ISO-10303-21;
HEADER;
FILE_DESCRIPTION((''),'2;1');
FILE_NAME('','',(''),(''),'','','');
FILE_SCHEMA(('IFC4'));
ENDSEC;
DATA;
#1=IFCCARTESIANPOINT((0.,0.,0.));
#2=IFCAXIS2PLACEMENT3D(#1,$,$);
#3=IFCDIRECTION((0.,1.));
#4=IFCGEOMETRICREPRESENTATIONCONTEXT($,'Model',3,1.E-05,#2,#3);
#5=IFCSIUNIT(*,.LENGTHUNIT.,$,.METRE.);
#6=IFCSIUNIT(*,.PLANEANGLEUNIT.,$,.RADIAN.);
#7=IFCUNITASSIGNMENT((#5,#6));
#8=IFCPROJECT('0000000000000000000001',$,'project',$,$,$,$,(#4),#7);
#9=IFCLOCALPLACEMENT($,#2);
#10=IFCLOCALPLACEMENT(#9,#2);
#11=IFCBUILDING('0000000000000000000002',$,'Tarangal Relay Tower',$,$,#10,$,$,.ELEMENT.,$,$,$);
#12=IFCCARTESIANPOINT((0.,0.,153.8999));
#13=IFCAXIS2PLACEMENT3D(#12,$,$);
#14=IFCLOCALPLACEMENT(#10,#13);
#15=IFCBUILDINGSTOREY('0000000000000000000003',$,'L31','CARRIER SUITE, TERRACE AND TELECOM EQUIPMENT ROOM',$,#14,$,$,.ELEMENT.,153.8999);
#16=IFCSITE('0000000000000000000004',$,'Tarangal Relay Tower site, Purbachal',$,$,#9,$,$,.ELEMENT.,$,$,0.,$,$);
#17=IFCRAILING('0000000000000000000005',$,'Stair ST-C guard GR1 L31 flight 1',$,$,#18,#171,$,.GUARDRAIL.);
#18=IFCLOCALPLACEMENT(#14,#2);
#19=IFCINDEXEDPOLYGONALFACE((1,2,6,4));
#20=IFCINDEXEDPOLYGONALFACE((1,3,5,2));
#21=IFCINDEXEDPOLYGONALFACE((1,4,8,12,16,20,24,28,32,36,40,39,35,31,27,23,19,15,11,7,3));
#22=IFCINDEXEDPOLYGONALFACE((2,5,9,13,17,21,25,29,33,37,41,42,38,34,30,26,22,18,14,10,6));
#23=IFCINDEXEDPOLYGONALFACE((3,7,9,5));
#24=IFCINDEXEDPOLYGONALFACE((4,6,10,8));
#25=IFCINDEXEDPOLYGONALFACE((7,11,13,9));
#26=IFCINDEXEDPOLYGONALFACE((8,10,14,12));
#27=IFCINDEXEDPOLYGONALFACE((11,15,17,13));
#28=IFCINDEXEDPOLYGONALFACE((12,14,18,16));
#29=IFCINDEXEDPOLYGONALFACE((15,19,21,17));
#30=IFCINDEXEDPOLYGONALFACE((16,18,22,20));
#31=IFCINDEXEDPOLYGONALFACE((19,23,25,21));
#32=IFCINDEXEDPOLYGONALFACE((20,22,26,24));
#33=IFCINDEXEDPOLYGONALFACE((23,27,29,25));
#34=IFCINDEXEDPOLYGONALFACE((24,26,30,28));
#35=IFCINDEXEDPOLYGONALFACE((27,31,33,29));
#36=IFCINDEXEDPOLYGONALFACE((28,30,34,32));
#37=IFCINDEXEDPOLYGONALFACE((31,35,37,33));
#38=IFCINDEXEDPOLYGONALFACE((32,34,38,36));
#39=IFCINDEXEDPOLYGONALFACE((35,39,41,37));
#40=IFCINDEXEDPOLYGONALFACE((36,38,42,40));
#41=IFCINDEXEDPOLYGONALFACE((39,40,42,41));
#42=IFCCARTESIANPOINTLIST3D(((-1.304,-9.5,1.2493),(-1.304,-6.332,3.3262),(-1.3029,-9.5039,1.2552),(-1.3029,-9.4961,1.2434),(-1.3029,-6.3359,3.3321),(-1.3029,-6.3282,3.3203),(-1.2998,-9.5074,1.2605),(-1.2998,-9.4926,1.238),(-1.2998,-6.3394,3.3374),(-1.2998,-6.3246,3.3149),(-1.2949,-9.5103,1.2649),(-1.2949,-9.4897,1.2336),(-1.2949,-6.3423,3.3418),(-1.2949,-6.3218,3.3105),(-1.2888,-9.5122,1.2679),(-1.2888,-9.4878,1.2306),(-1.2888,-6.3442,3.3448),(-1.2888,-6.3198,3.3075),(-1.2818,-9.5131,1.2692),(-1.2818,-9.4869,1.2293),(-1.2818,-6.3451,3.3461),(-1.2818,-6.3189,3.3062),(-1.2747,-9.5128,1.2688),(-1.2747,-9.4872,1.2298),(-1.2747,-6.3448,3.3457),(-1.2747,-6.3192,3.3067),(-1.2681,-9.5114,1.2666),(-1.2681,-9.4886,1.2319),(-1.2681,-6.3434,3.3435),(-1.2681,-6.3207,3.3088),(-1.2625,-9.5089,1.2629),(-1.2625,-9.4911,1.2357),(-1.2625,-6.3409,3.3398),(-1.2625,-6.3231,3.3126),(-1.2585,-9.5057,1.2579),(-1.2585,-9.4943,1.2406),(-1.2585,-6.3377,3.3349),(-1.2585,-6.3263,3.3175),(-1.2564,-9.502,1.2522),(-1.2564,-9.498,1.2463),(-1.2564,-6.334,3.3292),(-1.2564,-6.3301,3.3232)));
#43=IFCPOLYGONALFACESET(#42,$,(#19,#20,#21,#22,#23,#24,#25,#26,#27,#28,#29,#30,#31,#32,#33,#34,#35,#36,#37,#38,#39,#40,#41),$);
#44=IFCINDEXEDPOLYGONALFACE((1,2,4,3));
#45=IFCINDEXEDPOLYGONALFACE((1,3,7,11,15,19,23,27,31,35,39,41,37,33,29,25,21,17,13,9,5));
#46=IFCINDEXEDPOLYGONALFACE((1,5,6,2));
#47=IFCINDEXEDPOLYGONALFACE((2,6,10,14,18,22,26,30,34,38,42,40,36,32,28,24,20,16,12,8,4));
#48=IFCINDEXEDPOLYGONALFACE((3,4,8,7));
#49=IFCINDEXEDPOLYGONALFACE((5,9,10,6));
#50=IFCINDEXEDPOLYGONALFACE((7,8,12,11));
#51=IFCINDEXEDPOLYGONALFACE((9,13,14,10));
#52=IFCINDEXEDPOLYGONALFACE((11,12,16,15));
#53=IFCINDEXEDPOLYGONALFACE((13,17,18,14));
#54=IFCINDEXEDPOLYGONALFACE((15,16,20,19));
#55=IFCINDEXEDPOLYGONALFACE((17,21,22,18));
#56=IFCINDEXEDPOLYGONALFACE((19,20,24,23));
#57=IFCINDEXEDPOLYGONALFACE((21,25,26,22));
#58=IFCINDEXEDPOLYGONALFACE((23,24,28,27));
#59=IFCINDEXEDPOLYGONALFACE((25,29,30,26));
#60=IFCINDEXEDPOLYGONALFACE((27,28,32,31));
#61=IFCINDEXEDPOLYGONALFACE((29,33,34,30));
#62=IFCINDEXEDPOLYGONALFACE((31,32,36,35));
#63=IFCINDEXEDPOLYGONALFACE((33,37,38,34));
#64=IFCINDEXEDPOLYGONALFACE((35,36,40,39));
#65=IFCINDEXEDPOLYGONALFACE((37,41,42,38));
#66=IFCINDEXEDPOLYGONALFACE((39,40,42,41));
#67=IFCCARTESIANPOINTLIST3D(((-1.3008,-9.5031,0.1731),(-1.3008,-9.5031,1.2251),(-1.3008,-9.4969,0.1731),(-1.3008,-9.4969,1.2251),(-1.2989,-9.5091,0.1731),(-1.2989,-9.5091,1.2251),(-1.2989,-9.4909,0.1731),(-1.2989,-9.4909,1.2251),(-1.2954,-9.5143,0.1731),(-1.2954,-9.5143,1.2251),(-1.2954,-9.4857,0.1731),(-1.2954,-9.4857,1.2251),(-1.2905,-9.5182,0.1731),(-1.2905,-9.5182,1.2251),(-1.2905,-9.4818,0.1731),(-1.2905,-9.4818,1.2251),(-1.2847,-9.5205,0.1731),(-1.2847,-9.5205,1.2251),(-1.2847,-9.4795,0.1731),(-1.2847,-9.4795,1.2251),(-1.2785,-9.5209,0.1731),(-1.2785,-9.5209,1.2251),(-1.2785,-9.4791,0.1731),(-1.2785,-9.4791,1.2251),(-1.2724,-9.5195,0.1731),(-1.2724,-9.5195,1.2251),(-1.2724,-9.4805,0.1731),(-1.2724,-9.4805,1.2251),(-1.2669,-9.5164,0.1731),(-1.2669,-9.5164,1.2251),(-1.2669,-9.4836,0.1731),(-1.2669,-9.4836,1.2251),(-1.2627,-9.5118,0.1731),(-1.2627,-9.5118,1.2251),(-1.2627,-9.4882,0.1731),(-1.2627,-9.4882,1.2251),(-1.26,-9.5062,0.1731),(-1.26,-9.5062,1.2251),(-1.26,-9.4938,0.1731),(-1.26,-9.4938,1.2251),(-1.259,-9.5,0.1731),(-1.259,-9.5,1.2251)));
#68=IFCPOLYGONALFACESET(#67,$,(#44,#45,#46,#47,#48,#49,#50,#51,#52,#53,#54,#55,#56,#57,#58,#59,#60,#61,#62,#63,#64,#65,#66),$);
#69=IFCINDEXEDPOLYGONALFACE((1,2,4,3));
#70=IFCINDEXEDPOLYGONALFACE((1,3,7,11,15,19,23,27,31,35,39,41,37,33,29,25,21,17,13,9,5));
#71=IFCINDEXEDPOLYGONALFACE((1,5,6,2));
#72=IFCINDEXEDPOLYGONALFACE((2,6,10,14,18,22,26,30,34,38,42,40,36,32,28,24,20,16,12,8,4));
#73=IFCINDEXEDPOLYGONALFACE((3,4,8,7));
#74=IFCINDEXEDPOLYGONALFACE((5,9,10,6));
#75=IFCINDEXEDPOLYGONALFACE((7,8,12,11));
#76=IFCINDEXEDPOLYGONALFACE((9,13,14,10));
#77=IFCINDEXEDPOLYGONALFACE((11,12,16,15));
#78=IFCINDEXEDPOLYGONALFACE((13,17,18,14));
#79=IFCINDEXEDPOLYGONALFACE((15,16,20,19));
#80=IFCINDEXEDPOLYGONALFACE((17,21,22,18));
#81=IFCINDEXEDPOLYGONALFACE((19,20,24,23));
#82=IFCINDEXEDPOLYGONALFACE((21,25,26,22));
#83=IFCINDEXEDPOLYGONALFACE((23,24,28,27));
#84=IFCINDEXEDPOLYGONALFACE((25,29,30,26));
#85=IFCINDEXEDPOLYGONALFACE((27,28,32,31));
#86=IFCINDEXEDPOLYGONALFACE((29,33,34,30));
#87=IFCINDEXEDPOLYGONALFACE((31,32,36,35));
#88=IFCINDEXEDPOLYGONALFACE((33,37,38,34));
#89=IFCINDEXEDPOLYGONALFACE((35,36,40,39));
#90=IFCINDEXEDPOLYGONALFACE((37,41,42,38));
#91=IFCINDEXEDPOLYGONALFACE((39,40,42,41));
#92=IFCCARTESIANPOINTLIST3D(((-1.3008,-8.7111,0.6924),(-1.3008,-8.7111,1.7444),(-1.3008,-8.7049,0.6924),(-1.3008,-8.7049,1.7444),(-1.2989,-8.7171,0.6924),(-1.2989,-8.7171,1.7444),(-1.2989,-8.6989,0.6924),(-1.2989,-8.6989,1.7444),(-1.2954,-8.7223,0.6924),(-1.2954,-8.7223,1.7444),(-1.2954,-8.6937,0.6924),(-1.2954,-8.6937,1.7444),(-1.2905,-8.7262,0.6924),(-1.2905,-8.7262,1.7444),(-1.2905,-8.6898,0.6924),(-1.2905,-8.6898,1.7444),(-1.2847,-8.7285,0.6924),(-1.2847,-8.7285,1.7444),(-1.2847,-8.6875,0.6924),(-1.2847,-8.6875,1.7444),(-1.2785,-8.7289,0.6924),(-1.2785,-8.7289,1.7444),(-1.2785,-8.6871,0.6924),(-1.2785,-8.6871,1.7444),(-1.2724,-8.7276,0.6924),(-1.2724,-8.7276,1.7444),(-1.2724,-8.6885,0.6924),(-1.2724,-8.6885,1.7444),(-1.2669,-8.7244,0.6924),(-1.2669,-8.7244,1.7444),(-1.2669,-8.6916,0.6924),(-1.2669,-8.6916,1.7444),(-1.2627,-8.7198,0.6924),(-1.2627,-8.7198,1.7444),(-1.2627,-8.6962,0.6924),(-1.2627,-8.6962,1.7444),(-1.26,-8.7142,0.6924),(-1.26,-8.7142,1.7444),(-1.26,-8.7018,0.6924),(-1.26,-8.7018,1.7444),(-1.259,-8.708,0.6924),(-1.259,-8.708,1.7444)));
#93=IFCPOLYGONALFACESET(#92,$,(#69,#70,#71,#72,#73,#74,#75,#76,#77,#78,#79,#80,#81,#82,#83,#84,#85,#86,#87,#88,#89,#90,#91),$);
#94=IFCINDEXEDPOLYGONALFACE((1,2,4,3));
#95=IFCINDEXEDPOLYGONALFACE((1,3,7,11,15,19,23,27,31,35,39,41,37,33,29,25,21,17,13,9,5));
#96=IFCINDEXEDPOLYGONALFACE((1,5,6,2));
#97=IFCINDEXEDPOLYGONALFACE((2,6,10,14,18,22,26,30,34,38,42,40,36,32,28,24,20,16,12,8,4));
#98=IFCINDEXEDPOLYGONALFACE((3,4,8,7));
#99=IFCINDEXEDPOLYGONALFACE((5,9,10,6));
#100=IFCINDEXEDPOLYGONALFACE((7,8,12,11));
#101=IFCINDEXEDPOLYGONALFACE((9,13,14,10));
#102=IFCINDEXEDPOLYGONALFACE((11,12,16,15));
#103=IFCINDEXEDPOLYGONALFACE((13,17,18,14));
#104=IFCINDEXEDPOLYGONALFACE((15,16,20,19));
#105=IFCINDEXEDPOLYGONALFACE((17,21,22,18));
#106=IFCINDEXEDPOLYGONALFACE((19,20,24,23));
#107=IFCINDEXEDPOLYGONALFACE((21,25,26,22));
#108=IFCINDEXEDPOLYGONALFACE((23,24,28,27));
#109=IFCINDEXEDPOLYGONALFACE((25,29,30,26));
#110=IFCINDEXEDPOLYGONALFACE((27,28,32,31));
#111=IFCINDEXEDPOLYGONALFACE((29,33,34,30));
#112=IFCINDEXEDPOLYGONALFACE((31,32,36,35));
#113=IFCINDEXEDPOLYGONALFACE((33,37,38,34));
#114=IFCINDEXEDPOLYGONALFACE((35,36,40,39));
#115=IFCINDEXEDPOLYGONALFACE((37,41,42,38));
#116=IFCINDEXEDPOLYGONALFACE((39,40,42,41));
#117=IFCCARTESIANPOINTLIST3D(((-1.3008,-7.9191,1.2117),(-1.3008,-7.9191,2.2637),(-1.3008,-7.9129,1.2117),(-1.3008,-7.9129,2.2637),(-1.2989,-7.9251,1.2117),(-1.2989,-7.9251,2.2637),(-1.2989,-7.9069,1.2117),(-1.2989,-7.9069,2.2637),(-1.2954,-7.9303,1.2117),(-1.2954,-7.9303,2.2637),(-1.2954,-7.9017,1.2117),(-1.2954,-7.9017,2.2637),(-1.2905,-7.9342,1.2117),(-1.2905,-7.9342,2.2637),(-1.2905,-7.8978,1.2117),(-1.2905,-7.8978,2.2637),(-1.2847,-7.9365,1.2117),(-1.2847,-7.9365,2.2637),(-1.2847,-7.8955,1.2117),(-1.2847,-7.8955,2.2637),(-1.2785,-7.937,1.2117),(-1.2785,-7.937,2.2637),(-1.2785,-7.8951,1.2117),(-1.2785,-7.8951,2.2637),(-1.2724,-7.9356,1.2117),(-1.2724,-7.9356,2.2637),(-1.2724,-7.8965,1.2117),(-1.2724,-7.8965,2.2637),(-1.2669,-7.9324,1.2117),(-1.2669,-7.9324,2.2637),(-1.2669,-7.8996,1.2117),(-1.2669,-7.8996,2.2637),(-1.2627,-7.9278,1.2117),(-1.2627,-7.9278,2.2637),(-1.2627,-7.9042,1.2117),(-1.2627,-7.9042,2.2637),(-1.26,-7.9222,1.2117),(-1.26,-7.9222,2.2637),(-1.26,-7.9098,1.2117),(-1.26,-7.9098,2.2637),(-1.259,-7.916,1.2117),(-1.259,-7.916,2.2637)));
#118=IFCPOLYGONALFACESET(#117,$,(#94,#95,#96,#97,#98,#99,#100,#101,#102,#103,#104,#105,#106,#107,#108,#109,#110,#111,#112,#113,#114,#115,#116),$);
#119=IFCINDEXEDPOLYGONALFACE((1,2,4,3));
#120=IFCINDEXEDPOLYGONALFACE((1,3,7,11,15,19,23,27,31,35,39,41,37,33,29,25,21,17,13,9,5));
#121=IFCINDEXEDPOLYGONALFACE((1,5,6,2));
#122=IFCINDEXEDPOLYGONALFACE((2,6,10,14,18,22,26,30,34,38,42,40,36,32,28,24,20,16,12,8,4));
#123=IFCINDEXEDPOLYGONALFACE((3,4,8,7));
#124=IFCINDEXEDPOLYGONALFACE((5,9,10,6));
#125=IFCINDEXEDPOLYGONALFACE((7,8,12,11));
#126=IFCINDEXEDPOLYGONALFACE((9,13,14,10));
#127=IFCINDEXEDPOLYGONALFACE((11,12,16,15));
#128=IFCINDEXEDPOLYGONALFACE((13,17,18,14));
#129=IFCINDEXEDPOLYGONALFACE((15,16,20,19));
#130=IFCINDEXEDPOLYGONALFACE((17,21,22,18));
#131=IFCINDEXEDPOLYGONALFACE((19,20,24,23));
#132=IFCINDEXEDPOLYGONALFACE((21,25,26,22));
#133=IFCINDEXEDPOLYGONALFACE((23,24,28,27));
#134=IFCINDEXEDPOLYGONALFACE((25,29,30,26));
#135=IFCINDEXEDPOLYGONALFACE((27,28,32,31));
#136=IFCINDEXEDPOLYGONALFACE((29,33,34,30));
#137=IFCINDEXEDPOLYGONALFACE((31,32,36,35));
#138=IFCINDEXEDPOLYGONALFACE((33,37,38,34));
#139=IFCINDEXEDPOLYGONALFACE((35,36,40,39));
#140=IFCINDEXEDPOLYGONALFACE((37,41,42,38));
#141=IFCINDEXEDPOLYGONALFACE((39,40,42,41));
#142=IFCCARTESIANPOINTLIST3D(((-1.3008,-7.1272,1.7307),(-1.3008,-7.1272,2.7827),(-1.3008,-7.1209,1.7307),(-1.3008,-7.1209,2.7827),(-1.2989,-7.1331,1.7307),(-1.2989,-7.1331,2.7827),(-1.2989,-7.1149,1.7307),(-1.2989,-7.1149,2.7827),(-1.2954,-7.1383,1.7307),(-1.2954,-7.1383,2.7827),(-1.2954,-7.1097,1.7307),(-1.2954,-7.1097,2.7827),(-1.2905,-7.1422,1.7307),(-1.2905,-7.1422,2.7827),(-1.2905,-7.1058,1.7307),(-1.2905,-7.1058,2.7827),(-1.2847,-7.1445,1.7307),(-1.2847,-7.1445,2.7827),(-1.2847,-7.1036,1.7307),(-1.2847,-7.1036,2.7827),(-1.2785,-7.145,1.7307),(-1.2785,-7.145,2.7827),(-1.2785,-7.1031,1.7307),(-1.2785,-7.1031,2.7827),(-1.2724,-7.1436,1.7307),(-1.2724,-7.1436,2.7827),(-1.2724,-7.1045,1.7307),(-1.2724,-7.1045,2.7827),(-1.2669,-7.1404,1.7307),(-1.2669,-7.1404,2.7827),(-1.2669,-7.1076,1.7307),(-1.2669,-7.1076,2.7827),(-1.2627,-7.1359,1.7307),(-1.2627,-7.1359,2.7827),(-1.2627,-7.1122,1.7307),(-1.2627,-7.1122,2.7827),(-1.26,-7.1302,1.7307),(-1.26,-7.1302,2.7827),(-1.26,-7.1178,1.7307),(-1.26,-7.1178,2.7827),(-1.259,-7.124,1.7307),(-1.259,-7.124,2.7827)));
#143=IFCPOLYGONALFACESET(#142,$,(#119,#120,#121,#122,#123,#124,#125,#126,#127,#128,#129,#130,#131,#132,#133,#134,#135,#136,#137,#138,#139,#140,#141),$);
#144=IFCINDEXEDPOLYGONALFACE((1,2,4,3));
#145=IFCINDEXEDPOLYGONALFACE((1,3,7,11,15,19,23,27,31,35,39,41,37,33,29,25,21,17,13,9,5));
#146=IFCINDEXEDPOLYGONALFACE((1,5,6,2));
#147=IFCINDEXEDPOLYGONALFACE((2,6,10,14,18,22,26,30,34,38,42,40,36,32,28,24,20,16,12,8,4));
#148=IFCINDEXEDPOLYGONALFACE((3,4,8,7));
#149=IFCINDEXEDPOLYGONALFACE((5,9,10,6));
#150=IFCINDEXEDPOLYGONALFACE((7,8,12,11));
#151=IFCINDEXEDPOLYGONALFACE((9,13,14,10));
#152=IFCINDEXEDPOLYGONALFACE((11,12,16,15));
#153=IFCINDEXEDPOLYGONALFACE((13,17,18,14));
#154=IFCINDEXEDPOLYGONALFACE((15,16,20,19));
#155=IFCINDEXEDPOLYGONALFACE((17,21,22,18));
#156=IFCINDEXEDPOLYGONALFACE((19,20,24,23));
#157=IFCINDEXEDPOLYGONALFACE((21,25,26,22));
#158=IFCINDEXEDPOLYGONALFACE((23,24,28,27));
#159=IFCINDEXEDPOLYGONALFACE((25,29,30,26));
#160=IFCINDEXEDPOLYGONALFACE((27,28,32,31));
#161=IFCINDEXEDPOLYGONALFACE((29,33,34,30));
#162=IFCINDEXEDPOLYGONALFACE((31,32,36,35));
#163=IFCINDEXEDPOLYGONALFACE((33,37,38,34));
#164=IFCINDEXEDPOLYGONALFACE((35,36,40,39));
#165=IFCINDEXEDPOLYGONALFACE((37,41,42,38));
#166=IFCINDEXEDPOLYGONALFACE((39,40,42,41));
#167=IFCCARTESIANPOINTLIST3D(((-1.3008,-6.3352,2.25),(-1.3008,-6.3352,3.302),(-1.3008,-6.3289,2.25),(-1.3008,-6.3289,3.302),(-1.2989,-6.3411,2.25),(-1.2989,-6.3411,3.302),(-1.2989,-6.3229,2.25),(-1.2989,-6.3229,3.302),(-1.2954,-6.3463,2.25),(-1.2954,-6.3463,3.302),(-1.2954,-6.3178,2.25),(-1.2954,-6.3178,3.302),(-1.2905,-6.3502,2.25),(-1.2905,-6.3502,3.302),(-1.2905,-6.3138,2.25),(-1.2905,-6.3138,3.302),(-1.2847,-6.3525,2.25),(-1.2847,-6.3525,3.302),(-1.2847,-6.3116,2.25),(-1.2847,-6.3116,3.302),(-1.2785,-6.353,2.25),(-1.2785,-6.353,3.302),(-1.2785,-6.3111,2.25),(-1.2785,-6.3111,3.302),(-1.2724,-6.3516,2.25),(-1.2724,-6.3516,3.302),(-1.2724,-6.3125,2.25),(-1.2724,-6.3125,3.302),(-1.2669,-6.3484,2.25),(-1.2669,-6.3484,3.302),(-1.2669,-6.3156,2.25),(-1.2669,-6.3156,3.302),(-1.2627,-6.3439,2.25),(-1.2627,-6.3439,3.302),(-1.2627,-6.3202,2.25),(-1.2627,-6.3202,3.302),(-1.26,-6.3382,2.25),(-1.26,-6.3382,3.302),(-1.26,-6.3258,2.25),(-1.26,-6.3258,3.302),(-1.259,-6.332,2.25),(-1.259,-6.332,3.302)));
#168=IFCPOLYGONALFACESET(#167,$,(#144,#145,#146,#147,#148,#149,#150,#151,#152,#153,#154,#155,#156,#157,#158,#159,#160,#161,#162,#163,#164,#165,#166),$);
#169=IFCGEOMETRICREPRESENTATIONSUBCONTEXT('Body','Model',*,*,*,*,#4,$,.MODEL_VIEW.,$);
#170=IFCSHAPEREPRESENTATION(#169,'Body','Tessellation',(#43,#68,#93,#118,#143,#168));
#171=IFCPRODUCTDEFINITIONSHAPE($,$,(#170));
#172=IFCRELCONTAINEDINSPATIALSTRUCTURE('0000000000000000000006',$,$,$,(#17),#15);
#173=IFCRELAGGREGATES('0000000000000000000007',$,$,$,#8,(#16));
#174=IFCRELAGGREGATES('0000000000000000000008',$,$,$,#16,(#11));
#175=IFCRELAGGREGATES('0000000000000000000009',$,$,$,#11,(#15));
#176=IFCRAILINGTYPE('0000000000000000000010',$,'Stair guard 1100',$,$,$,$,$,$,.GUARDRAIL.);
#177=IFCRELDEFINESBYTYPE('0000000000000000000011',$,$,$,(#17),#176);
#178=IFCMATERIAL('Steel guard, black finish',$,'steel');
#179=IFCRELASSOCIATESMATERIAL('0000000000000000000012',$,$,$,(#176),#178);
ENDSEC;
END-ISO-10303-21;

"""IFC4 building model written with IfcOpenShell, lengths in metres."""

from ifc_helpers import new_model, si_unit, direction, frame, origin, origin_2d, place, context, subcontext, project, spatial, circle, extrude, material, type_object, element, save


model = new_model("IFC4")

# Units and contexts
model_context = context("Model", 3, precision=1e-05, world=origin(), true_north=direction((0.0, 1.0)))
body_context = subcontext(model_context, "Body", "Model", "MODEL_VIEW")
ifc_project = project(units=[si_unit("LENGTHUNIT", "METRE"), si_unit("PLANEANGLEUNIT", "RADIAN")], contexts=[model_context])

# Site, building, storey
site_placement = place(None, origin())
site = spatial("IfcSite", under=ifc_project, at=site_placement, Name="Tarangal Relay Tower site, Purbachal", CompositionType="ELEMENT", RefElevation=0.0)
building_placement = place(site_placement, origin())
building = spatial("IfcBuilding", under=site, at=building_placement, Name="Tarangal Relay Tower", CompositionType="ELEMENT")
storey_placement = place(building_placement, frame((0.0, 0.0, 153.8999)))
storey = spatial("IfcBuildingStorey", under=building, at=storey_placement, Name="L31", Description="CARRIER SUITE, TERRACE AND TELECOM EQUIPMENT ROOM", CompositionType="ELEMENT", Elevation=153.8999)

# Railing
ifc_material_1 = material(Name="Steel guard, black finish", Category="steel")
railing_type_1 = type_object("IfcRailingType", Name="Stair guard 1100", PredefinedType="GUARDRAIL", material=ifc_material_1)
railing_1_placement = place(storey_placement, frame((-1.28, -9.5, 0.1731)))
element("IfcRailing", 1, at=railing_1_placement, inside=storey, type_object=railing_type_1, Name="Stair ST-C guard GR1 L31 flight 1", PredefinedType="GUARDRAIL", context=body_context, shape_type="SweptSolid", body=[
    extrude(circle(Radius=0.0239, at=origin_2d()), frame((0.0, 0.0, 1.0762), z_axis=(0.0, 0.836299, 0.548273), x_axis=(-1.0, 0.0, 0.0)), (0.0, 0.0, 1.0), 3.7881),
    extrude(circle(Radius=0.021, at=origin_2d()), origin(), (0.0, 0.0, 1.0), 1.052),
    extrude(circle(Radius=0.021, at=origin_2d()), frame((0.0, 0.792, 0.5193)), (0.0, 0.0, 1.0), 1.052),
    extrude(circle(Radius=0.021, at=origin_2d()), frame((0.0, 1.584, 1.0386)), (0.0, 0.0, 1.0), 1.052),
    extrude(circle(Radius=0.021, at=origin_2d()), frame((0.0, 2.376, 1.5576)), (0.0, 0.0, 1.0), 1.052),
    extrude(circle(Radius=0.021, at=origin_2d()), frame((0.0, 3.168, 2.0769)), (0.0, 0.0, 1.0), 1.052),
])

save(model, "model.ifc")
